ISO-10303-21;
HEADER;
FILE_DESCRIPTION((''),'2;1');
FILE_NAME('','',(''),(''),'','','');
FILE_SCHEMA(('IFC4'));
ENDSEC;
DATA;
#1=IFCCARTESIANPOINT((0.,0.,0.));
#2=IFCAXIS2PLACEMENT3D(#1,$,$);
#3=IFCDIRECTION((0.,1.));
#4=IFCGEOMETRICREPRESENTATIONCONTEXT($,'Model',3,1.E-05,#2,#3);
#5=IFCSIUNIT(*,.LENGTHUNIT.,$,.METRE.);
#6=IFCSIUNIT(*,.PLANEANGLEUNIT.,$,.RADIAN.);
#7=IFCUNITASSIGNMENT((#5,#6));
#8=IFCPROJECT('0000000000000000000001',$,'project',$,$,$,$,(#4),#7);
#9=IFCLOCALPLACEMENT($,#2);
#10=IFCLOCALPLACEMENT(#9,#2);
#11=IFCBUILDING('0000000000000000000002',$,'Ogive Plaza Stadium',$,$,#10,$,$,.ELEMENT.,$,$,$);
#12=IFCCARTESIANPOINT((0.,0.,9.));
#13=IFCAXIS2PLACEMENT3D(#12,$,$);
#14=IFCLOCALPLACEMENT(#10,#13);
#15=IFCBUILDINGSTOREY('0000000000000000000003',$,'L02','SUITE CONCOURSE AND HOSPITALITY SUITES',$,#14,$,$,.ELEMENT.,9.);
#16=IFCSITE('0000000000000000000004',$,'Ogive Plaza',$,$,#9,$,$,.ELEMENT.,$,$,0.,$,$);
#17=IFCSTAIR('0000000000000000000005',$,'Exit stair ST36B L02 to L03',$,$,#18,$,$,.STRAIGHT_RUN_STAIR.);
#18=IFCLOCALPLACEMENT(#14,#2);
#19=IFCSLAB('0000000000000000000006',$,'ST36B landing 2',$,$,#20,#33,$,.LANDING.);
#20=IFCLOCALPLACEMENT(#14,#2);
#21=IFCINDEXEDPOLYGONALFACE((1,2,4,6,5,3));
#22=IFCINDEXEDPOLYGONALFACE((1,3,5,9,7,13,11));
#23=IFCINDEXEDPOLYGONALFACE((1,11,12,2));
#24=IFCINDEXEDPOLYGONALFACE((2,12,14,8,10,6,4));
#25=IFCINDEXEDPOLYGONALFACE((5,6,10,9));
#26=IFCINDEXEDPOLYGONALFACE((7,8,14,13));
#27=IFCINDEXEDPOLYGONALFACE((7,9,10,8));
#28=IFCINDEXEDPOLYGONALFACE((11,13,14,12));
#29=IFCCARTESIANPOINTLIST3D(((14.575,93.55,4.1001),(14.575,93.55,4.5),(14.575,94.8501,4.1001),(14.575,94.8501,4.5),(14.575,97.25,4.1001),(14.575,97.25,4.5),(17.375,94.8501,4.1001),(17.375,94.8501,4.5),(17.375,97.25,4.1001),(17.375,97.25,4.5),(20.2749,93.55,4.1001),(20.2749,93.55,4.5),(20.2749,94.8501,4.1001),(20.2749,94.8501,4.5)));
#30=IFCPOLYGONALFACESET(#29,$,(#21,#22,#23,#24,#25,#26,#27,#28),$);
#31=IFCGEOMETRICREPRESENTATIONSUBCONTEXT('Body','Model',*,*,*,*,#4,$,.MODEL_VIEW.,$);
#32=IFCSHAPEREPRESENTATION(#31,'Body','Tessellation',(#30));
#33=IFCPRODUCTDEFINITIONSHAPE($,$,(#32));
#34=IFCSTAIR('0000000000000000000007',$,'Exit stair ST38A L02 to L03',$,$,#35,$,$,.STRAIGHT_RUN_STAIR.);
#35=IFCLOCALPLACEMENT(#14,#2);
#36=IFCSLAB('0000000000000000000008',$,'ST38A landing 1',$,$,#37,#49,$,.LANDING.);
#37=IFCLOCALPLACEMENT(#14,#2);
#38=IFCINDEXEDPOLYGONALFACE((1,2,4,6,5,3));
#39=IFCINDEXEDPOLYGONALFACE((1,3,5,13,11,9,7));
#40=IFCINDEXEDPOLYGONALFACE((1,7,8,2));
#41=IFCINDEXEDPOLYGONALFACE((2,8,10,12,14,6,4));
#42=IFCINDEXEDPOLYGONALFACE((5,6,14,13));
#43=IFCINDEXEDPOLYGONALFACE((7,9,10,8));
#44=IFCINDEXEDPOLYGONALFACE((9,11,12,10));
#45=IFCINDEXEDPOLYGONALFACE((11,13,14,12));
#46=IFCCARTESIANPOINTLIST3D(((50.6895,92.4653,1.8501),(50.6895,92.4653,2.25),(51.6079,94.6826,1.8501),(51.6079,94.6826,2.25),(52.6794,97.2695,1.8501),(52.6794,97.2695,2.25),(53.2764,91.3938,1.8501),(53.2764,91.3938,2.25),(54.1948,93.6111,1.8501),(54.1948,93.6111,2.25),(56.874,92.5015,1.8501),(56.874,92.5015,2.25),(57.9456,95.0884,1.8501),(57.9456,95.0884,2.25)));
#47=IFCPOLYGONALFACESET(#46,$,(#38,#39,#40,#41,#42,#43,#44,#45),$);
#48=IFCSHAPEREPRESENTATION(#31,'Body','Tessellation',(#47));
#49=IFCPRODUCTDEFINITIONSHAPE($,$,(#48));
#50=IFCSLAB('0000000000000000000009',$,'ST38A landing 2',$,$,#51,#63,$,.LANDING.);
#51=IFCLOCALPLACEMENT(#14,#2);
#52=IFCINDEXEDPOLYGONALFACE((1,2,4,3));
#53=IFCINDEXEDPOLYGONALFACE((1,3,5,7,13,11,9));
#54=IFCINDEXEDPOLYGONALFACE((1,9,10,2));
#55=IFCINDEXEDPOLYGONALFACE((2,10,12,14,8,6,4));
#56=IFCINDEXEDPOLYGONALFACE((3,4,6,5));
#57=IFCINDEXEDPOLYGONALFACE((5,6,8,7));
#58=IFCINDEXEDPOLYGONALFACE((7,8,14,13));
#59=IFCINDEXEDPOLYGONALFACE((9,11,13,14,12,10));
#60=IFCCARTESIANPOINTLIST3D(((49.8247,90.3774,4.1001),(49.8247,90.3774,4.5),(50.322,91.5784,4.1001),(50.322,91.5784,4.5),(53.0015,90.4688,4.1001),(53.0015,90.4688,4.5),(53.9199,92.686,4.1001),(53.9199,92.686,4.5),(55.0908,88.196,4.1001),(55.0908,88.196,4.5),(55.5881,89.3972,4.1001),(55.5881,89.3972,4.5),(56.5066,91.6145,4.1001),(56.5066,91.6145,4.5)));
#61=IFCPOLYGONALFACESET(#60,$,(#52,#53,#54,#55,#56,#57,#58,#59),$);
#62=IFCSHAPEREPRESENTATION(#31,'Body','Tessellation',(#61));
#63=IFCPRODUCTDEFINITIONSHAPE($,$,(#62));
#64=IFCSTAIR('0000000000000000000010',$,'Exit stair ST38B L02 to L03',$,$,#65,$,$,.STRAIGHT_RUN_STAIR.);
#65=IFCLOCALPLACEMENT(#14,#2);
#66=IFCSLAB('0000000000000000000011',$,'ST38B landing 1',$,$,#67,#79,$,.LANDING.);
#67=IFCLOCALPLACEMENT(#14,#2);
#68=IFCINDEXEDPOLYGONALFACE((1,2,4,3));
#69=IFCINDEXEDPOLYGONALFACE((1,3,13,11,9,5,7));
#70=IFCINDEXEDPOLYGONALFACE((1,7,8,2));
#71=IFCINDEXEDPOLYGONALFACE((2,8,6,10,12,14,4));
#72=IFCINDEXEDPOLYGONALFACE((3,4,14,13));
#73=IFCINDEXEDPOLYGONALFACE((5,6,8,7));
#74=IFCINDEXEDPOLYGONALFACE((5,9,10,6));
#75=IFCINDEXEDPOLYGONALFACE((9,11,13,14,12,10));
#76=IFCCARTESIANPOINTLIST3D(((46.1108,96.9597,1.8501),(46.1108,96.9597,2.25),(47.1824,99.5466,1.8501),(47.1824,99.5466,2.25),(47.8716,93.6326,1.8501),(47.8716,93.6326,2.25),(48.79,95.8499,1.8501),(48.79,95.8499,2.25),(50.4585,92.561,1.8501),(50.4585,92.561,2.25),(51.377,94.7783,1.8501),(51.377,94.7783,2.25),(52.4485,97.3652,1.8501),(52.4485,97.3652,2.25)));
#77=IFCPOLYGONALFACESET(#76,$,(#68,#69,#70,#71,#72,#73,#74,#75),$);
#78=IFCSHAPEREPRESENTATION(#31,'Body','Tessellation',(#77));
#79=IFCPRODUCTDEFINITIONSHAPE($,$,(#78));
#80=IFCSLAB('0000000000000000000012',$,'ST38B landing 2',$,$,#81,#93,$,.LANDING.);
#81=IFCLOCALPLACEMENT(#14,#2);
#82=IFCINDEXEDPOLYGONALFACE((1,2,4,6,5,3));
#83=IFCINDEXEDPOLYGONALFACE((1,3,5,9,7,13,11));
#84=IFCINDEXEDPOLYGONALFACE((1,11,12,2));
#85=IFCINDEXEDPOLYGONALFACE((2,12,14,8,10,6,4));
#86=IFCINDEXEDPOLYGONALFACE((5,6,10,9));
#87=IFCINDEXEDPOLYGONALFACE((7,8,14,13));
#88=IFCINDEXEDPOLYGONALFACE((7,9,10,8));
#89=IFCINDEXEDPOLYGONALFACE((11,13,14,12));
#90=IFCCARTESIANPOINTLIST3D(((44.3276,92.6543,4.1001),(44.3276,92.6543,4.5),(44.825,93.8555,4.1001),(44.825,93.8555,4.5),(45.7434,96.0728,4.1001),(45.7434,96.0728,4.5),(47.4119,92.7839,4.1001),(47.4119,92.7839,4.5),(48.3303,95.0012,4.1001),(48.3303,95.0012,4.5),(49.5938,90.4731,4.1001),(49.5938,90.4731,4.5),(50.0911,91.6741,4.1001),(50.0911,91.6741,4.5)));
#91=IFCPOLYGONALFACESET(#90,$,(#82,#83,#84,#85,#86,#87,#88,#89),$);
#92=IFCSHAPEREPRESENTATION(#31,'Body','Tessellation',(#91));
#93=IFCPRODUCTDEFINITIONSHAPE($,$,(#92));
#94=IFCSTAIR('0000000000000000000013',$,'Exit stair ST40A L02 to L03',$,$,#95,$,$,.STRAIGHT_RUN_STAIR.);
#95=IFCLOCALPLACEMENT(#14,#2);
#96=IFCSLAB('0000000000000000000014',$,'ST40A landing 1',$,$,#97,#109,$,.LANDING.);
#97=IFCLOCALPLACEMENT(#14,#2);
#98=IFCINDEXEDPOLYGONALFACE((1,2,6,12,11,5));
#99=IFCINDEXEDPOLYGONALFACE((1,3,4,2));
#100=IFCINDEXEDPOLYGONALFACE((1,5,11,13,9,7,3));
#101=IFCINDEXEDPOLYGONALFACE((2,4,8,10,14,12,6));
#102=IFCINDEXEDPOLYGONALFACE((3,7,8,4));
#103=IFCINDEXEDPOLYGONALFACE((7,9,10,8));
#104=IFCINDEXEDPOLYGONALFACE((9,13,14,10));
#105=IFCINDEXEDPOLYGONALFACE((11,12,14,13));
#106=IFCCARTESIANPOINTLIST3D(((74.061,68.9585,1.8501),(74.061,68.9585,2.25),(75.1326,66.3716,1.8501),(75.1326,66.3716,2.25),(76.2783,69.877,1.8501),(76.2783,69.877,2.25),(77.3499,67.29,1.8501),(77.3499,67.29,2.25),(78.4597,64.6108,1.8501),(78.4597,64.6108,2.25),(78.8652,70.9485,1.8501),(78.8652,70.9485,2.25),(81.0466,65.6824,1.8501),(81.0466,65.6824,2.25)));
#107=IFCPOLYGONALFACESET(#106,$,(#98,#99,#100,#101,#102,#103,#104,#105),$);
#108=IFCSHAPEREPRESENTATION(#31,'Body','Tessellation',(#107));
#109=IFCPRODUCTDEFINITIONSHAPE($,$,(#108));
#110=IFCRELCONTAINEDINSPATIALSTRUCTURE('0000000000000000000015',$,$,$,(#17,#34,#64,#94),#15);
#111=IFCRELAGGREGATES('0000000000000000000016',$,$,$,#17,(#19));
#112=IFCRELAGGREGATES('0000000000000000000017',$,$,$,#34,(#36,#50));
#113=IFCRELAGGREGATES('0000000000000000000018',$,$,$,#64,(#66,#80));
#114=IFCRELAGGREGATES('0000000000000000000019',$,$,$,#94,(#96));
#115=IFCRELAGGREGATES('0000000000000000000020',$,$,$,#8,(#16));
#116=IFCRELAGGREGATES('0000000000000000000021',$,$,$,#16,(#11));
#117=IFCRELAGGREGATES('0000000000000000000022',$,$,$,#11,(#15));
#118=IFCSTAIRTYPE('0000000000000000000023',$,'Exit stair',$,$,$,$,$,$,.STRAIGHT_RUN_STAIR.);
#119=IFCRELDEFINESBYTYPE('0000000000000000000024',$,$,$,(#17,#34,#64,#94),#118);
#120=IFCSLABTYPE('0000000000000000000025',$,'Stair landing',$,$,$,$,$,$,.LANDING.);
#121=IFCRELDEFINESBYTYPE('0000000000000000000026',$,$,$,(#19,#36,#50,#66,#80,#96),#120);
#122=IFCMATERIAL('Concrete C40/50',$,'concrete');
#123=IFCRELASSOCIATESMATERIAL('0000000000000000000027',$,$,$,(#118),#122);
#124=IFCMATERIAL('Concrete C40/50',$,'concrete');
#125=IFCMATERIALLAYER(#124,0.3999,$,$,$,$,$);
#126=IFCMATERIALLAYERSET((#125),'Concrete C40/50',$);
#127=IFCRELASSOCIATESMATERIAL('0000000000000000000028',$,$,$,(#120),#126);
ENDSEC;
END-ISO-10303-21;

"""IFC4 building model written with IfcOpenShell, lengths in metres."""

from ifc_helpers import new_model, si_unit, direction, frame, origin, place, context, subcontext, project, spatial, polyline, outline, extrude, material, layer, layer_set, type_object, element, aggregate, save


model = new_model("IFC4")

# Units and contexts
model_context = context("Model", 3, precision=1e-05, world=origin(), true_north=direction((0.0, 1.0)))
body_context = subcontext(model_context, "Body", "Model", "MODEL_VIEW")
ifc_project = project(units=[si_unit("LENGTHUNIT", "METRE"), si_unit("PLANEANGLEUNIT", "RADIAN")], contexts=[model_context])

# Site, building, storey
site_placement = place(None, origin())
site = spatial("IfcSite", under=ifc_project, at=site_placement, Name="Ogive Plaza", CompositionType="ELEMENT", RefElevation=0.0)
building_placement = place(site_placement, origin())
building = spatial("IfcBuilding", under=site, at=building_placement, Name="Ogive Plaza Stadium", CompositionType="ELEMENT")
storey_placement = place(building_placement, frame((0.0, 0.0, 9.0)))
storey = spatial("IfcBuildingStorey", under=building, at=storey_placement, Name="L02", Description="SUITE CONCOURSE AND HOSPITALITY SUITES", CompositionType="ELEMENT", Elevation=9.0)

# Shared definitions
ifc_material_1 = material(Name="Concrete C40/50", Category="concrete")
stair_type = type_object("IfcStairType", Name="Exit stair", PredefinedType="STRAIGHT_RUN_STAIR", material=ifc_material_1)
ifc_material_2 = material(Name="Concrete C40/50", Category="concrete")
ifc_layer = layer(ifc_material_2, 0.3999)
ifc_layer_set = layer_set([ifc_layer], Name="Concrete C40/50")
slab_type = type_object("IfcSlabType", Name="Stair landing", PredefinedType="LANDING", material=ifc_layer_set)

# Stairs, slabs
stair_1_placement = place(storey_placement, origin())
stair_1 = element("IfcStair", 1, at=stair_1_placement, inside=storey, type_object=stair_type, Name="Exit stair ST36B L02 to L03", PredefinedType="STRAIGHT_RUN_STAIR")
slab_1_placement = place(storey_placement, frame((0.0, 0.0, 4.1001)))
slab_1 = element("IfcSlab", 2, at=slab_1_placement, type_object=slab_type, Name="ST36B landing 2", PredefinedType="LANDING", context=body_context, shape_type="SweptSolid", body=[
    extrude(outline(polyline([(20.2749, 94.8501), (20.2749, 93.55), (14.575, 93.55), (14.575, 94.8501), (14.575, 97.25), (17.375, 97.25), (17.375, 94.8501), (20.2749, 94.8501)])), origin(), (0.0, 0.0, 1.0), 0.3999),
])
aggregate(stair_1, [slab_1])
stair_2_placement = place(storey_placement, origin())
stair_2 = element("IfcStair", 3, at=stair_2_placement, inside=storey, type_object=stair_type, Name="Exit stair ST38A L02 to L03", PredefinedType="STRAIGHT_RUN_STAIR")
slab_2_placement = place(storey_placement, frame((0.0, 0.0, 1.8501)))
slab_2 = element("IfcSlab", 4, at=slab_2_placement, type_object=slab_type, Name="ST38A landing 1", PredefinedType="LANDING", context=body_context, shape_type="SweptSolid", body=[
    extrude(outline(polyline([(52.6794, 97.2695), (57.9456, 95.0884), (56.874, 92.5015), (54.1948, 93.6111), (53.2764, 91.3938), (50.6895, 92.4653), (51.6079, 94.6826), (52.6794, 97.2695)])), origin(), (0.0, 0.0, 1.0), 0.3999),
])
slab_3_placement = place(storey_placement, frame((0.0, 0.0, 4.1001)))
slab_3 = element("IfcSlab", 5, at=slab_3_placement, type_object=slab_type, Name="ST38A landing 2", PredefinedType="LANDING", context=body_context, shape_type="SweptSolid", body=[
    extrude(outline(polyline([(53.9199, 92.686), (56.5066, 91.6145), (55.5881, 89.3972), (55.0908, 88.196), (49.8247, 90.3774), (50.322, 91.5784), (53.0015, 90.4688), (53.9199, 92.686)])), origin(), (0.0, 0.0, 1.0), 0.3999),
])
aggregate(stair_2, [slab_2, slab_3])
stair_3_placement = place(storey_placement, origin())
stair_3 = element("IfcStair", 6, at=stair_3_placement, inside=storey, type_object=stair_type, Name="Exit stair ST38B L02 to L03", PredefinedType="STRAIGHT_RUN_STAIR")
slab_4_placement = place(storey_placement, frame((0.0, 0.0, 1.8501)))
slab_4 = element("IfcSlab", 7, at=slab_4_placement, type_object=slab_type, Name="ST38B landing 1", PredefinedType="LANDING", context=body_context, shape_type="SweptSolid", body=[
    extrude(outline(polyline([(50.4585, 92.561), (47.8716, 93.6326), (48.79, 95.8499), (46.1108, 96.9597), (47.1824, 99.5466), (52.4485, 97.3652), (51.377, 94.7783), (50.4585, 92.561)])), origin(), (0.0, 0.0, 1.0), 0.3999),
])
slab_5_placement = place(storey_placement, frame((0.0, 0.0, 4.1001)))
slab_5 = element("IfcSlab", 8, at=slab_5_placement, type_object=slab_type, Name="ST38B landing 2", PredefinedType="LANDING", context=body_context, shape_type="SweptSolid", body=[
    extrude(outline(polyline([(50.0911, 91.6741), (49.5938, 90.4731), (44.3276, 92.6543), (44.825, 93.8555), (45.7434, 96.0728), (48.3303, 95.0012), (47.4119, 92.7839), (50.0911, 91.6741)])), origin(), (0.0, 0.0, 1.0), 0.3999),
])
aggregate(stair_3, [slab_4, slab_5])

# Stair, slab
stair_4_placement = place(storey_placement, origin())
stair_4 = element("IfcStair", 9, at=stair_4_placement, inside=storey, type_object=stair_type, Name="Exit stair ST40A L02 to L03", PredefinedType="STRAIGHT_RUN_STAIR")
slab_6_placement = place(storey_placement, frame((0.0, 0.0, 1.8501)))
slab_6 = element("IfcSlab", 10, at=slab_6_placement, type_object=slab_type, Name="ST40A landing 1", PredefinedType="LANDING", context=body_context, shape_type="SweptSolid", body=[
    extrude(outline(polyline([(78.8652, 70.9485), (81.0466, 65.6824), (78.4597, 64.6108), (77.3499, 67.29), (75.1326, 66.3716), (74.061, 68.9585), (76.2783, 69.877), (78.8652, 70.9485)])), origin(), (0.0, 0.0, 1.0), 0.3999),
])
aggregate(stair_4, [slab_6])

save(model, "model.ifc")
